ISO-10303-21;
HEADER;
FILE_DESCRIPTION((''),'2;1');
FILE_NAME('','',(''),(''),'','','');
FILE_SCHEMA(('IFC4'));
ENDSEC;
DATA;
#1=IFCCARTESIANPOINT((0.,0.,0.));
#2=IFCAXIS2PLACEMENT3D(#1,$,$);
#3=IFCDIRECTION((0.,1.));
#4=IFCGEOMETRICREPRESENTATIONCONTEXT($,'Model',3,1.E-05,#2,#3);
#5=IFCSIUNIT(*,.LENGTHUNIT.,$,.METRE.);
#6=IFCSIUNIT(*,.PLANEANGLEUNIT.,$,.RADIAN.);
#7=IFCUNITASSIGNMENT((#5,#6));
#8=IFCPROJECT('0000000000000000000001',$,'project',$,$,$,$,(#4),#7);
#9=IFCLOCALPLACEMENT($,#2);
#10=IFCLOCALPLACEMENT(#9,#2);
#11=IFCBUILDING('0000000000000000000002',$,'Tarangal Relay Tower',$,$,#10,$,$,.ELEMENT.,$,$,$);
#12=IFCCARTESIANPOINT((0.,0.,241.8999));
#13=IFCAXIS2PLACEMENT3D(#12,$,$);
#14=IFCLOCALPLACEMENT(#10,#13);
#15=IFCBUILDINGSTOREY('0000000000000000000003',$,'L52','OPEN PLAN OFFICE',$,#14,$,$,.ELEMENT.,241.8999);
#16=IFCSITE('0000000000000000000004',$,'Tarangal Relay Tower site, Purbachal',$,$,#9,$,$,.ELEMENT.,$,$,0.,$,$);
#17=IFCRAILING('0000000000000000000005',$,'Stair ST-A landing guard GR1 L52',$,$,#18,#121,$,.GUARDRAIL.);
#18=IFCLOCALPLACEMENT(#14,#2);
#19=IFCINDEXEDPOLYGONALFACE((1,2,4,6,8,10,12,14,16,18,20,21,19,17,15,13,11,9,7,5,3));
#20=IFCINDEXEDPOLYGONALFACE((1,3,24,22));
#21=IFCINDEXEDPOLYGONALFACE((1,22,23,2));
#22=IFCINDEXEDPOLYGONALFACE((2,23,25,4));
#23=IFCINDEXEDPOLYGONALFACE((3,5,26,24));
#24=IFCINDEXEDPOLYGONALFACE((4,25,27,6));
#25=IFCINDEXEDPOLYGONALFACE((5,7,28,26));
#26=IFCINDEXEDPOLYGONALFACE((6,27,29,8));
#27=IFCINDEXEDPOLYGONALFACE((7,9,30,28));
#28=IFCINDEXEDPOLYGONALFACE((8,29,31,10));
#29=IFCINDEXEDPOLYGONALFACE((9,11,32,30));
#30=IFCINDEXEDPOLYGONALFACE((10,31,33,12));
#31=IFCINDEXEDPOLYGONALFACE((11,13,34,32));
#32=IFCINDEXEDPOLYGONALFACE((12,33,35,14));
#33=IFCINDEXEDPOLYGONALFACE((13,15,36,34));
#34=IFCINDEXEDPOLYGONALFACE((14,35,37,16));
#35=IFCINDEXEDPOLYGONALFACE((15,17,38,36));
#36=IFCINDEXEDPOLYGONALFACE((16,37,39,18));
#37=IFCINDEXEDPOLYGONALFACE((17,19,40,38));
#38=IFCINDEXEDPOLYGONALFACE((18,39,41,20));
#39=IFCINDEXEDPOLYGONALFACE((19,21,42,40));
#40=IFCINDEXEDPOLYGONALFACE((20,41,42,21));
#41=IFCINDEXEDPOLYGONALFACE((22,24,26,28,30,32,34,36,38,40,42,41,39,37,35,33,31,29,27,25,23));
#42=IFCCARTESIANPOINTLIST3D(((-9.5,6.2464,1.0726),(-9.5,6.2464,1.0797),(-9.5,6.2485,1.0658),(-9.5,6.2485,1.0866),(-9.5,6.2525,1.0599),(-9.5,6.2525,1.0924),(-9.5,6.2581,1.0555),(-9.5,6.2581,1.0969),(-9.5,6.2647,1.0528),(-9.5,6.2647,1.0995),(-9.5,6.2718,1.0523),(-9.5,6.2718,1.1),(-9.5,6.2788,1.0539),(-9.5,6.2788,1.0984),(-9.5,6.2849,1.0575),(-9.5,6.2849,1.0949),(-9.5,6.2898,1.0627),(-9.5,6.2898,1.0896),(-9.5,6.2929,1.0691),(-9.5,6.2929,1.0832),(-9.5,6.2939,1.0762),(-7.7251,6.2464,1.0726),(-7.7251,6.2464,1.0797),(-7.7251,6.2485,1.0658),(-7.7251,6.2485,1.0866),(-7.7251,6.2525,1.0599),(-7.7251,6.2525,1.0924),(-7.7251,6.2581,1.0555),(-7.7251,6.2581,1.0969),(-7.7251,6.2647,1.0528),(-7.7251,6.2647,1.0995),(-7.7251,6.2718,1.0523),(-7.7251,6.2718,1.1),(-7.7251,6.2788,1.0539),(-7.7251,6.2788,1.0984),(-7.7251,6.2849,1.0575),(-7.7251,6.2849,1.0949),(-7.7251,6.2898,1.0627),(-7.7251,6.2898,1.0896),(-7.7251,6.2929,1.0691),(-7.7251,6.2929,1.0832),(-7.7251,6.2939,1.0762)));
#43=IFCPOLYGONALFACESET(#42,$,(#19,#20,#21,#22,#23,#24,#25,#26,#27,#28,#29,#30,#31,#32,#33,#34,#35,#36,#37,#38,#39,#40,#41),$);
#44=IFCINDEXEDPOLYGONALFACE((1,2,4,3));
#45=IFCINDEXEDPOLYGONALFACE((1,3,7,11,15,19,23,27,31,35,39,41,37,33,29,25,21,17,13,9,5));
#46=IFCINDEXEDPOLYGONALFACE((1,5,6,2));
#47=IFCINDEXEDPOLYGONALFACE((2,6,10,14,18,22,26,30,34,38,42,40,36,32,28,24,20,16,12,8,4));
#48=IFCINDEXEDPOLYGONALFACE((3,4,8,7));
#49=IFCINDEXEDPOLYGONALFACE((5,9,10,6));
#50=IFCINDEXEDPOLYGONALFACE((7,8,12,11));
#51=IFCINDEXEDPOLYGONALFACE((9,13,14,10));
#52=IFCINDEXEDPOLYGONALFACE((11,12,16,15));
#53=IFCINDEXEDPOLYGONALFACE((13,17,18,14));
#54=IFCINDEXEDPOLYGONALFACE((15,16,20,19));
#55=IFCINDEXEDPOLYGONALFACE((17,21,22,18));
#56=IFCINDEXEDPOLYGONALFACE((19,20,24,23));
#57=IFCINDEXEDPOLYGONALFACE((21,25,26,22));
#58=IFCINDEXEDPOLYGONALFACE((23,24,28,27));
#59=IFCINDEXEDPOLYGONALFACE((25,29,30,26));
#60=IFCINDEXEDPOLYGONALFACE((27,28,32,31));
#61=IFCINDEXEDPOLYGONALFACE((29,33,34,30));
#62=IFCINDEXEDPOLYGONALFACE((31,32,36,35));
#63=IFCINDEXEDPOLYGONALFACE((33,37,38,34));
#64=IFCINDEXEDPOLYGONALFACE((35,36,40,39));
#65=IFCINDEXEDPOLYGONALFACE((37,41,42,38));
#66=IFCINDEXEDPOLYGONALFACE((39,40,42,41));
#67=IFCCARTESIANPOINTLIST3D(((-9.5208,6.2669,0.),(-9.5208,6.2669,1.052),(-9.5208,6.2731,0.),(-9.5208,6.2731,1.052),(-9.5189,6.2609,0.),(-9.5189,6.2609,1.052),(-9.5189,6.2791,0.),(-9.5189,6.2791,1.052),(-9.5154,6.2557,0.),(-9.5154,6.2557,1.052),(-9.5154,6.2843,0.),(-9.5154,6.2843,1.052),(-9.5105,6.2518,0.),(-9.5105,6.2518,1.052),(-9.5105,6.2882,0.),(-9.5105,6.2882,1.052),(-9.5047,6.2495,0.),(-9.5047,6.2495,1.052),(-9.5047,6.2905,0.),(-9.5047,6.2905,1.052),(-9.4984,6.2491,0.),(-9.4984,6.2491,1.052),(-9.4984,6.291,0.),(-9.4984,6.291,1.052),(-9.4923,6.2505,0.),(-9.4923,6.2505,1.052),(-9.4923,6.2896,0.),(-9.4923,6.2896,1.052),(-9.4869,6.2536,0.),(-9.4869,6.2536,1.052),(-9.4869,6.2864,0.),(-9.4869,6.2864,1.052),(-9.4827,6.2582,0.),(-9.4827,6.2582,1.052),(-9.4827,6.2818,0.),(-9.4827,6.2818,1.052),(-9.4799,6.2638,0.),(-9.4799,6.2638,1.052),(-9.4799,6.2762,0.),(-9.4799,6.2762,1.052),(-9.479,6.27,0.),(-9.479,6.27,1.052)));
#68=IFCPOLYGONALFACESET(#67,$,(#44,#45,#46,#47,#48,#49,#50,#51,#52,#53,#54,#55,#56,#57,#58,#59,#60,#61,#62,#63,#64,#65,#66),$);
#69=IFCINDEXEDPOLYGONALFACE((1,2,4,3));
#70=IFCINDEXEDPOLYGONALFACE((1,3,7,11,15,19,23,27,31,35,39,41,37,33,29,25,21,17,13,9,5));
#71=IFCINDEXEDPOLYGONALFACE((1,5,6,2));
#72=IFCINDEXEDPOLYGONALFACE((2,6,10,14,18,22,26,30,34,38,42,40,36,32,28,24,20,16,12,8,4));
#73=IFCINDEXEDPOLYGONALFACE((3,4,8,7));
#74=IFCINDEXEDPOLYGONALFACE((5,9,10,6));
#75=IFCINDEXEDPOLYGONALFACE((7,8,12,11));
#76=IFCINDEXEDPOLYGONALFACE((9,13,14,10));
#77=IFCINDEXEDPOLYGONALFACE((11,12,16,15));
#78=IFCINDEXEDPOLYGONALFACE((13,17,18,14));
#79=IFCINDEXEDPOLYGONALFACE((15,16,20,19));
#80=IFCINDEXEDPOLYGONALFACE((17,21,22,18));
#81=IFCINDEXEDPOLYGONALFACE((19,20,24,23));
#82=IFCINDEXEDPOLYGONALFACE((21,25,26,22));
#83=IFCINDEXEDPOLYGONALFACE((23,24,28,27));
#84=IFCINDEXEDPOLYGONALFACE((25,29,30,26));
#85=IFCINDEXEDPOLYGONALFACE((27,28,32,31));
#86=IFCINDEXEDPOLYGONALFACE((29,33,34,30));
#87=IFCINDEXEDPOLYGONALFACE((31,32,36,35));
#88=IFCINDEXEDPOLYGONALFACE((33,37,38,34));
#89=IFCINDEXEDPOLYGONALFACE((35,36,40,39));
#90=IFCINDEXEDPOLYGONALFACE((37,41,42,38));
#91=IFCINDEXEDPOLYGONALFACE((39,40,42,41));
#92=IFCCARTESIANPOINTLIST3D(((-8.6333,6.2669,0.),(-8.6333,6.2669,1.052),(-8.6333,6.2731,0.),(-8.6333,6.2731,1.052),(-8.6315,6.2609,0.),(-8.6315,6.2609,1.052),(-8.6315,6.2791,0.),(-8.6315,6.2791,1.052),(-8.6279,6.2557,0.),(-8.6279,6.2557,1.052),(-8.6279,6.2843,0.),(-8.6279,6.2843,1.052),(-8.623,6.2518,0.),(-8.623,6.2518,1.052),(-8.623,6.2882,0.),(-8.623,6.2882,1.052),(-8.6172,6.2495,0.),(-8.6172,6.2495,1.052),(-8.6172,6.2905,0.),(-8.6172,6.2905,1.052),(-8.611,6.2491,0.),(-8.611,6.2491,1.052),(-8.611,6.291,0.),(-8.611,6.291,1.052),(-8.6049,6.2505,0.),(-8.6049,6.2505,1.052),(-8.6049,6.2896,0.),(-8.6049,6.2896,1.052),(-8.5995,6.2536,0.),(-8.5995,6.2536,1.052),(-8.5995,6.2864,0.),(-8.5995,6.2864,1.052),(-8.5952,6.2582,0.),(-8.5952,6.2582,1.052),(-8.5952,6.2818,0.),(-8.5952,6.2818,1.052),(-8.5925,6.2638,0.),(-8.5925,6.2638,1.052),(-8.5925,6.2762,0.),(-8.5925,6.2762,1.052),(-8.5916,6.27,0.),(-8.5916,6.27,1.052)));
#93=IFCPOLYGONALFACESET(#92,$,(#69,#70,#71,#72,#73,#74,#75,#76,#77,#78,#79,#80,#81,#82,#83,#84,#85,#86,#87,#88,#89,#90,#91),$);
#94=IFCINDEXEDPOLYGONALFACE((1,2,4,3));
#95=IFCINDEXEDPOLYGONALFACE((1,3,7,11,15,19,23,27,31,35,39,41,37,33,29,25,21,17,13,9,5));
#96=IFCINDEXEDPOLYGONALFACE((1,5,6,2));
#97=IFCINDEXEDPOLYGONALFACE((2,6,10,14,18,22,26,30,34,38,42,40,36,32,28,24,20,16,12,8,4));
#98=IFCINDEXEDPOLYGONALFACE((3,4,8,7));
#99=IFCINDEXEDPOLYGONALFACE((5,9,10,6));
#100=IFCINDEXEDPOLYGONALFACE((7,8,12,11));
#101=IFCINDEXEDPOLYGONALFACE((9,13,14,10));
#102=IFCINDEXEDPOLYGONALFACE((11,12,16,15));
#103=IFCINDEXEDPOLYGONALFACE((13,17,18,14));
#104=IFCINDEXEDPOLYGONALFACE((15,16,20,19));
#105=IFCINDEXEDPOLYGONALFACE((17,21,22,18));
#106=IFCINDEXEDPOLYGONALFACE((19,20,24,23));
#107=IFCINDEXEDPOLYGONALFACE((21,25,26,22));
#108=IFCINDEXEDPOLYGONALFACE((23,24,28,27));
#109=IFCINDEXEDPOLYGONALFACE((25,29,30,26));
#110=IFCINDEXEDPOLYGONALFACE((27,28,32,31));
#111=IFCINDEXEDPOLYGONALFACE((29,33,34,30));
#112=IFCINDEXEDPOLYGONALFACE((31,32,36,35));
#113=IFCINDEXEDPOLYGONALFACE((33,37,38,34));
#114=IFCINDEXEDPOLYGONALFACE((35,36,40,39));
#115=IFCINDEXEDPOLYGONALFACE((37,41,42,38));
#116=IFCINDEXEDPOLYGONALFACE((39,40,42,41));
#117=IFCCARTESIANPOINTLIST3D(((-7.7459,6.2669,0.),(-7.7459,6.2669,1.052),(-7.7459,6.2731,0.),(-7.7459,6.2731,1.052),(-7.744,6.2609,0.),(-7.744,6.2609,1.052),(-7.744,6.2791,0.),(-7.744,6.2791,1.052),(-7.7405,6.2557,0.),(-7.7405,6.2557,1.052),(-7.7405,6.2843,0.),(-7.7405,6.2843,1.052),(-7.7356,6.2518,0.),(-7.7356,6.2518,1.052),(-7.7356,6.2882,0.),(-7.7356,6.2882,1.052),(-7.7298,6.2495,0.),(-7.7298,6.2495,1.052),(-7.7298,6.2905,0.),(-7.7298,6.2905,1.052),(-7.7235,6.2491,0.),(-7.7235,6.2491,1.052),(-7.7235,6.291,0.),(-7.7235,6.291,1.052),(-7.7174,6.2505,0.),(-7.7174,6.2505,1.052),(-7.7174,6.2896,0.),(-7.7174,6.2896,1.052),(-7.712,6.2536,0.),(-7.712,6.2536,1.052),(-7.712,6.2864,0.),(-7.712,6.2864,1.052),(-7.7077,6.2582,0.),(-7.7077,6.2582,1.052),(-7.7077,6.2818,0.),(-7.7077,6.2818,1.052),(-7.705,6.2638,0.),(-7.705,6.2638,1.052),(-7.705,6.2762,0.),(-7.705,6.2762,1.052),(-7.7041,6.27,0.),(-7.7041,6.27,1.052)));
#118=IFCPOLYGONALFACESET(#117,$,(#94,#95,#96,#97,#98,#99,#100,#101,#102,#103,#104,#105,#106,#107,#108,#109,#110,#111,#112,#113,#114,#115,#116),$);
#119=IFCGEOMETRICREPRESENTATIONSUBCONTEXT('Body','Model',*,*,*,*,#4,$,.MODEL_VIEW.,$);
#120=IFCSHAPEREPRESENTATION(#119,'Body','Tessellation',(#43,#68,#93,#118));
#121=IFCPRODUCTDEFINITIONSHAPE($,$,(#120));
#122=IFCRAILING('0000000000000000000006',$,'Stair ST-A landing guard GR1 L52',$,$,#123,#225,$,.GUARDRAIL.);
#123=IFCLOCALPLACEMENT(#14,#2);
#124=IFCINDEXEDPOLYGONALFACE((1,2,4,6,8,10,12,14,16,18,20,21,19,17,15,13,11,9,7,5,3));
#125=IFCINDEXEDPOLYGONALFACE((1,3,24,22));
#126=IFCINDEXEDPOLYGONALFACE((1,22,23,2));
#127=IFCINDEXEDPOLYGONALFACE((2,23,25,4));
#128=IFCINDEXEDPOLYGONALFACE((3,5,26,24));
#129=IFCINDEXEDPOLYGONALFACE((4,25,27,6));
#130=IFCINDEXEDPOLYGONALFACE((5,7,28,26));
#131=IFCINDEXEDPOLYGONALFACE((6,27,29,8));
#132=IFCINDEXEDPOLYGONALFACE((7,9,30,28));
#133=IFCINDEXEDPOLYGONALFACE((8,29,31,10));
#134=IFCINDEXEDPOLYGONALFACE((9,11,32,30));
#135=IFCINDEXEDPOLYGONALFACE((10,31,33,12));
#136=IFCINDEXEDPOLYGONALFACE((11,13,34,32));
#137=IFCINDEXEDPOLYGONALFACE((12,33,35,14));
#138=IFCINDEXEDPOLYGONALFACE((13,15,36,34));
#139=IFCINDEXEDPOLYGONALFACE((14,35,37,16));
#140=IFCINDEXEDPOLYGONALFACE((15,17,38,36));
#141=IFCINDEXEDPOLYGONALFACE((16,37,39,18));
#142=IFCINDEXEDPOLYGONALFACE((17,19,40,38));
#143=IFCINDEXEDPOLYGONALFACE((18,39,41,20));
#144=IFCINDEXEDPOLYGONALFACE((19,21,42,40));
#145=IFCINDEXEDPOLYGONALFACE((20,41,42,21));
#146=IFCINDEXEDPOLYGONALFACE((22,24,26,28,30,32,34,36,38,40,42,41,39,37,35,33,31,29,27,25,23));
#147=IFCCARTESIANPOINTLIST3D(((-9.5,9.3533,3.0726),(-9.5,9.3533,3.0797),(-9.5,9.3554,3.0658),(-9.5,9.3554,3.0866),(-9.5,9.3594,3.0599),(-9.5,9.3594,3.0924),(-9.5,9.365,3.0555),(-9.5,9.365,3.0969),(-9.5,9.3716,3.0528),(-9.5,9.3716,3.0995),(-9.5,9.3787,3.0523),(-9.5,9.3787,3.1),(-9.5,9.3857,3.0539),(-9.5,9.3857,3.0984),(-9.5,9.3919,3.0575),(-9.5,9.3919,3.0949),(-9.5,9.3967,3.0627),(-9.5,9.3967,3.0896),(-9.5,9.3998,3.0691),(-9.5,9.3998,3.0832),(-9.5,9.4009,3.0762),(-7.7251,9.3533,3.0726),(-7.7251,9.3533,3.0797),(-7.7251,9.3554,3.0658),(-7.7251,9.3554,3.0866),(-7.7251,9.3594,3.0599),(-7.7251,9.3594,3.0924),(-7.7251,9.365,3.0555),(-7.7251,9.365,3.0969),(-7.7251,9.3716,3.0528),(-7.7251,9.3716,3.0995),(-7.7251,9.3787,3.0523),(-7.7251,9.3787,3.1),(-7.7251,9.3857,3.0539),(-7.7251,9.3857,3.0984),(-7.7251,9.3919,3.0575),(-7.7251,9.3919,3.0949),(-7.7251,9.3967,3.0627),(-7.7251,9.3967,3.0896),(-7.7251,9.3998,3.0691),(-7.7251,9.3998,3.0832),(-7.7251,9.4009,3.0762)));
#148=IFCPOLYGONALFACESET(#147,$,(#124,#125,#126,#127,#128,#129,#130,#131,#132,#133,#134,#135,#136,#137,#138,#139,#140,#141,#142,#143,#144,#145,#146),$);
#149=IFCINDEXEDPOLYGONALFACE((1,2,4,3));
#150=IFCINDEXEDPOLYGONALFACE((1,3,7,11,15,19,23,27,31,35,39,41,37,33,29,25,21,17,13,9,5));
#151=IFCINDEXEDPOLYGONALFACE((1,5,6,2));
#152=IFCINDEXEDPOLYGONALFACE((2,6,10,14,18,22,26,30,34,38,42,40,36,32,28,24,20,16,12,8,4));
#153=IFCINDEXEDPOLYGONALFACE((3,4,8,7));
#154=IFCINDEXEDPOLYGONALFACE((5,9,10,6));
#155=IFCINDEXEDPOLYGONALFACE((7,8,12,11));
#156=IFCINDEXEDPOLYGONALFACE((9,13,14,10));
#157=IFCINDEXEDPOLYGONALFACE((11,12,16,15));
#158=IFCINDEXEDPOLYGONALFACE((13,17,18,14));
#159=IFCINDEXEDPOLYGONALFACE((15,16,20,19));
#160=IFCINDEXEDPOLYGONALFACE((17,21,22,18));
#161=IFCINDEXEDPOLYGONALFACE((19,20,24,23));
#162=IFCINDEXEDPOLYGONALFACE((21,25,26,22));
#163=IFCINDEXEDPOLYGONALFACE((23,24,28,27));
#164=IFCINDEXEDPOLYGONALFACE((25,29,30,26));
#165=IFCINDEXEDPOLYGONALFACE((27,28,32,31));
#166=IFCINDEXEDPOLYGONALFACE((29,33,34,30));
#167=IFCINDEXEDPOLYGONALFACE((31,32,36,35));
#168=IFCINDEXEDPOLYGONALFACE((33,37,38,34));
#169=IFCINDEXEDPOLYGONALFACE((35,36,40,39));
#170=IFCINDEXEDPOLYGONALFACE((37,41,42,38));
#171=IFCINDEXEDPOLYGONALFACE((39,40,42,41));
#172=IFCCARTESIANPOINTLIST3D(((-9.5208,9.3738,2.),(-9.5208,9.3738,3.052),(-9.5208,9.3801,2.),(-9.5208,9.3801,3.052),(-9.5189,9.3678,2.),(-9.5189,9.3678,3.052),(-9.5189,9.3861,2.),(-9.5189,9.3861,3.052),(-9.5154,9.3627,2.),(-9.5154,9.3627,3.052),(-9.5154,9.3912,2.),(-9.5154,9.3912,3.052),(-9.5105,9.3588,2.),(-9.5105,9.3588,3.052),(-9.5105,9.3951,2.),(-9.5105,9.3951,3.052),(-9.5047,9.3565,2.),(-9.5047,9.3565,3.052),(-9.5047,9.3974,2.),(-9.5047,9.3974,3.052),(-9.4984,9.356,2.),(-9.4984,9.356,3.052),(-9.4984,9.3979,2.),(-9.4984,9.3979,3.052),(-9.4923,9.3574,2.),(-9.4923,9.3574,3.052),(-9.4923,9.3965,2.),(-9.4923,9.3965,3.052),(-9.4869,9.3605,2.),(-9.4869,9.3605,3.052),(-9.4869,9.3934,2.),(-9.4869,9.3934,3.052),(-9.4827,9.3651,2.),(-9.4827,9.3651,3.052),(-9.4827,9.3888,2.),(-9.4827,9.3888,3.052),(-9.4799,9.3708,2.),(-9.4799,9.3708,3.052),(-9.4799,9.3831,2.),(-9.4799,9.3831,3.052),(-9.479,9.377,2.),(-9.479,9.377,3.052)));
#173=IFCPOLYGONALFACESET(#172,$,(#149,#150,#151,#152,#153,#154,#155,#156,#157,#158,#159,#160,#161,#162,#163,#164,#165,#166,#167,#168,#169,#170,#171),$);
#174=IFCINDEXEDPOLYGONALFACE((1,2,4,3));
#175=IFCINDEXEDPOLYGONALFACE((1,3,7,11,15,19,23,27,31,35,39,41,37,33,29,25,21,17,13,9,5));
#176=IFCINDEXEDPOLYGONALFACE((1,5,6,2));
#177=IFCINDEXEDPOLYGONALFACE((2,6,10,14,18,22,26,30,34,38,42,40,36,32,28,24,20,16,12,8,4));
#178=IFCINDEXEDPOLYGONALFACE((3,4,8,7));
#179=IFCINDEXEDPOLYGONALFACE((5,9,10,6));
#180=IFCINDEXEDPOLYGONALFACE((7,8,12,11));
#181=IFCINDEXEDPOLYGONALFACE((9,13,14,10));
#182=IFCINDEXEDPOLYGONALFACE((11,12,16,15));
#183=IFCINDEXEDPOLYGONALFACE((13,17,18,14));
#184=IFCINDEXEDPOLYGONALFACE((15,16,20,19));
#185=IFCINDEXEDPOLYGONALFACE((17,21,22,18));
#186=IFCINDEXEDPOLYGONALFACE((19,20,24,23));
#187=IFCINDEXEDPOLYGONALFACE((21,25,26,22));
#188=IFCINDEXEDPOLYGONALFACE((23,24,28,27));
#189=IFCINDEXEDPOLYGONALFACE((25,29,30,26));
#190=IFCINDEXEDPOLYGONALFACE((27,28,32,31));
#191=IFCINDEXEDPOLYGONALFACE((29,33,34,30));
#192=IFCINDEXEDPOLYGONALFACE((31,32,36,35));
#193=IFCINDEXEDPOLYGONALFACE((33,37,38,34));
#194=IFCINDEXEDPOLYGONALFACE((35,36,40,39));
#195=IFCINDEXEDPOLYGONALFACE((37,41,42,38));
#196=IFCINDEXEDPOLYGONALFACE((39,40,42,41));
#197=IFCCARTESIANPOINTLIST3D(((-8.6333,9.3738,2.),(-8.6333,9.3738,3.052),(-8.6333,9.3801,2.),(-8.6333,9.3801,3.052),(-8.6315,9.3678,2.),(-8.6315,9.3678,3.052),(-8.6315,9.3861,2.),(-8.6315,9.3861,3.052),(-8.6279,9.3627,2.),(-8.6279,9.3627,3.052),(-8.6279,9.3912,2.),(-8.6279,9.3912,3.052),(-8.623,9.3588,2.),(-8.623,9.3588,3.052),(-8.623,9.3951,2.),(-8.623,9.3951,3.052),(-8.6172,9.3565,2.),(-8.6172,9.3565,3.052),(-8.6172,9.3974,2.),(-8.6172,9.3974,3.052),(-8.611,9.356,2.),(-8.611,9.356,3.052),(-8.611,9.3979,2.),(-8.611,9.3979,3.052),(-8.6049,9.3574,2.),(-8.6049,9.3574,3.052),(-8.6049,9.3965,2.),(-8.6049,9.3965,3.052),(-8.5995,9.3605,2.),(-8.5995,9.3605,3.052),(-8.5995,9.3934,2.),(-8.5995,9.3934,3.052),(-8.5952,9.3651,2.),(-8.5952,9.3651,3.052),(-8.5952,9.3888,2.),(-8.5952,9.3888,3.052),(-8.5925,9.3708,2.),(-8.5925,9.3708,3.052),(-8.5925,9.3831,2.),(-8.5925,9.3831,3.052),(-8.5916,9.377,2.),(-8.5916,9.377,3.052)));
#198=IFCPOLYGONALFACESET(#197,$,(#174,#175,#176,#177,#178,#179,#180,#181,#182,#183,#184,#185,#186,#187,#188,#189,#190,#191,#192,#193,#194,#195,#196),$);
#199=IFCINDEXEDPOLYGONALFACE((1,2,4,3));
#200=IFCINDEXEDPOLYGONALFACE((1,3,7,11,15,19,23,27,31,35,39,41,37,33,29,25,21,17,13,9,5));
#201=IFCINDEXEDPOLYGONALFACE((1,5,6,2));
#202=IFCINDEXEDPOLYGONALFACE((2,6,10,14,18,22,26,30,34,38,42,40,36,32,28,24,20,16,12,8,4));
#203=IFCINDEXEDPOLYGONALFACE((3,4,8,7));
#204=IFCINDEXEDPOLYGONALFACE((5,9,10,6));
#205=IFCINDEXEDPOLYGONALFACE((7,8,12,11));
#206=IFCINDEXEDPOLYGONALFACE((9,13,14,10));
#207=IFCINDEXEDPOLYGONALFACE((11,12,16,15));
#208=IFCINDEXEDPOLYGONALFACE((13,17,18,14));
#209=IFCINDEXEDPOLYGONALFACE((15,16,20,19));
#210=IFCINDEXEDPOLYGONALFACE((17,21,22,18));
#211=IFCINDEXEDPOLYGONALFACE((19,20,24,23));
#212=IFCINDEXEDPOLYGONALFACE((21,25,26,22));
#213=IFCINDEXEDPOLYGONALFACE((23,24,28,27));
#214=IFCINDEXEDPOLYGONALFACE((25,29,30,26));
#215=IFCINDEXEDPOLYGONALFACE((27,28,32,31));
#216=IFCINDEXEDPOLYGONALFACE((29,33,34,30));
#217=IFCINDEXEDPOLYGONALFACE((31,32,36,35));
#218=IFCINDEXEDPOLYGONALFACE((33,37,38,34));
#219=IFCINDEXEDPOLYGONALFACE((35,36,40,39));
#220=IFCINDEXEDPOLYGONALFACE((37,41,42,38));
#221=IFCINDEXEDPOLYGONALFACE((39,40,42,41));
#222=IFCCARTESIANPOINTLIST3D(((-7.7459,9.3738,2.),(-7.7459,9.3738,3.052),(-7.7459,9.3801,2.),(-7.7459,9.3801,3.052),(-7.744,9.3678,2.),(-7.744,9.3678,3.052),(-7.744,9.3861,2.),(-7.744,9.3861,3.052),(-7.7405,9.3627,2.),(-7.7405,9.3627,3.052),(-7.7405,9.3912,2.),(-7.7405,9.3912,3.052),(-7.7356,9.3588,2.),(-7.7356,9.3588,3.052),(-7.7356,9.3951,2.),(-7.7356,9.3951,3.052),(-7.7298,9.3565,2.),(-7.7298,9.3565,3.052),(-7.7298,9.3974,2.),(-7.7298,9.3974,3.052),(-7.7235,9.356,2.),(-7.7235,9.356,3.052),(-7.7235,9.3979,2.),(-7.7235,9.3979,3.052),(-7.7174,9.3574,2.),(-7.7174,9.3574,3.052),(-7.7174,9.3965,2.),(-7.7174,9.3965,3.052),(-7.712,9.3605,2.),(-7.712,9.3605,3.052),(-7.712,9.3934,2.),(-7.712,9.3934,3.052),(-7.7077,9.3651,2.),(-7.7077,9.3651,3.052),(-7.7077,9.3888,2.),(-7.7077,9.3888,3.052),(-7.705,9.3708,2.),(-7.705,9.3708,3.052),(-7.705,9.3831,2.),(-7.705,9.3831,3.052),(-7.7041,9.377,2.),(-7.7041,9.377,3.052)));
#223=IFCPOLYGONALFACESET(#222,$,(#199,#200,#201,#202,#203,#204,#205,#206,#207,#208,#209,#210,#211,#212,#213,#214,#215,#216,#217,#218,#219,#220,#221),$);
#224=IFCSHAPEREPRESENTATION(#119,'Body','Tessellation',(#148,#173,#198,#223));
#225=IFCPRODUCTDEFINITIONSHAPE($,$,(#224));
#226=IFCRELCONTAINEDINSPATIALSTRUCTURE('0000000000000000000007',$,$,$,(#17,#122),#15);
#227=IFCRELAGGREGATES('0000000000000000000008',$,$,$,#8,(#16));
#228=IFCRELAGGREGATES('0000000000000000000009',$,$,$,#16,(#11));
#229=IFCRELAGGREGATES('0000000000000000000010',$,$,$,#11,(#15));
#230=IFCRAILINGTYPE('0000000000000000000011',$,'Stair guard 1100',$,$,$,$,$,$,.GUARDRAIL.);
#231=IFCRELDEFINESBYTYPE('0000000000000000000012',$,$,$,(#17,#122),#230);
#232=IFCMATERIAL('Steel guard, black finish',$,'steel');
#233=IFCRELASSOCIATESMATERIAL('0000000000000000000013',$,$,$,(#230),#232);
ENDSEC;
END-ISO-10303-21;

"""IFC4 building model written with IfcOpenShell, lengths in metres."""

from ifc_helpers import new_model, si_unit, direction, frame, origin, origin_2d, place, context, subcontext, project, spatial, circle, extrude, material, type_object, element, save


model = new_model("IFC4")

# Units and contexts
model_context = context("Model", 3, precision=1e-05, world=origin(), true_north=direction((0.0, 1.0)))
body_context = subcontext(model_context, "Body", "Model", "MODEL_VIEW")
ifc_project = project(units=[si_unit("LENGTHUNIT", "METRE"), si_unit("PLANEANGLEUNIT", "RADIAN")], contexts=[model_context])

# Site, building, storey
site_placement = place(None, origin())
site = spatial("IfcSite", under=ifc_project, at=site_placement, Name="Tarangal Relay Tower site, Purbachal", CompositionType="ELEMENT", RefElevation=0.0)
building_placement = place(site_placement, origin())
building = spatial("IfcBuilding", under=site, at=building_placement, Name="Tarangal Relay Tower", CompositionType="ELEMENT")
storey_placement = place(building_placement, frame((0.0, 0.0, 241.8999)))
storey = spatial("IfcBuildingStorey", under=building, at=storey_placement, Name="L52", Description="OPEN PLAN OFFICE", CompositionType="ELEMENT", Elevation=241.8999)

# Railings
ifc_material_1 = material(Name="Steel guard, black finish", Category="steel")
railing_type_1 = type_object("IfcRailingType", Name="Stair guard 1100", PredefinedType="GUARDRAIL", material=ifc_material_1)
for number, where, name in (
    (1, (-9.5, 6.27, 0.0), "Stair ST-A landing guard GR1 L52"),
    (2, (-9.5, 9.377, 2.0), "Stair ST-A landing guard GR1 L52"),
):
    element("IfcRailing", number, at=place(storey_placement, frame(where)), inside=storey, type_object=railing_type_1, Name=name, PredefinedType="GUARDRAIL", context=body_context, shape_type="SweptSolid", body=[
        extrude(circle(Radius=0.0239, at=origin_2d()), frame((0.0, 0.0, 1.0762), z_axis=(1.0, 0.0, 0.0), x_axis=(0.0, 1.0, 0.0)), (0.0, 0.0, 1.0), 1.7749),
        extrude(circle(Radius=0.021, at=origin_2d()), origin(), (0.0, 0.0, 1.0), 1.052),
        extrude(circle(Radius=0.021, at=origin_2d()), frame((0.8875, 0.0, 0.0)), (0.0, 0.0, 1.0), 1.052),
        extrude(circle(Radius=0.021, at=origin_2d()), frame((1.7749, 0.0, 0.0)), (0.0, 0.0, 1.0), 1.052),
    ])

save(model, "model.ifc")
